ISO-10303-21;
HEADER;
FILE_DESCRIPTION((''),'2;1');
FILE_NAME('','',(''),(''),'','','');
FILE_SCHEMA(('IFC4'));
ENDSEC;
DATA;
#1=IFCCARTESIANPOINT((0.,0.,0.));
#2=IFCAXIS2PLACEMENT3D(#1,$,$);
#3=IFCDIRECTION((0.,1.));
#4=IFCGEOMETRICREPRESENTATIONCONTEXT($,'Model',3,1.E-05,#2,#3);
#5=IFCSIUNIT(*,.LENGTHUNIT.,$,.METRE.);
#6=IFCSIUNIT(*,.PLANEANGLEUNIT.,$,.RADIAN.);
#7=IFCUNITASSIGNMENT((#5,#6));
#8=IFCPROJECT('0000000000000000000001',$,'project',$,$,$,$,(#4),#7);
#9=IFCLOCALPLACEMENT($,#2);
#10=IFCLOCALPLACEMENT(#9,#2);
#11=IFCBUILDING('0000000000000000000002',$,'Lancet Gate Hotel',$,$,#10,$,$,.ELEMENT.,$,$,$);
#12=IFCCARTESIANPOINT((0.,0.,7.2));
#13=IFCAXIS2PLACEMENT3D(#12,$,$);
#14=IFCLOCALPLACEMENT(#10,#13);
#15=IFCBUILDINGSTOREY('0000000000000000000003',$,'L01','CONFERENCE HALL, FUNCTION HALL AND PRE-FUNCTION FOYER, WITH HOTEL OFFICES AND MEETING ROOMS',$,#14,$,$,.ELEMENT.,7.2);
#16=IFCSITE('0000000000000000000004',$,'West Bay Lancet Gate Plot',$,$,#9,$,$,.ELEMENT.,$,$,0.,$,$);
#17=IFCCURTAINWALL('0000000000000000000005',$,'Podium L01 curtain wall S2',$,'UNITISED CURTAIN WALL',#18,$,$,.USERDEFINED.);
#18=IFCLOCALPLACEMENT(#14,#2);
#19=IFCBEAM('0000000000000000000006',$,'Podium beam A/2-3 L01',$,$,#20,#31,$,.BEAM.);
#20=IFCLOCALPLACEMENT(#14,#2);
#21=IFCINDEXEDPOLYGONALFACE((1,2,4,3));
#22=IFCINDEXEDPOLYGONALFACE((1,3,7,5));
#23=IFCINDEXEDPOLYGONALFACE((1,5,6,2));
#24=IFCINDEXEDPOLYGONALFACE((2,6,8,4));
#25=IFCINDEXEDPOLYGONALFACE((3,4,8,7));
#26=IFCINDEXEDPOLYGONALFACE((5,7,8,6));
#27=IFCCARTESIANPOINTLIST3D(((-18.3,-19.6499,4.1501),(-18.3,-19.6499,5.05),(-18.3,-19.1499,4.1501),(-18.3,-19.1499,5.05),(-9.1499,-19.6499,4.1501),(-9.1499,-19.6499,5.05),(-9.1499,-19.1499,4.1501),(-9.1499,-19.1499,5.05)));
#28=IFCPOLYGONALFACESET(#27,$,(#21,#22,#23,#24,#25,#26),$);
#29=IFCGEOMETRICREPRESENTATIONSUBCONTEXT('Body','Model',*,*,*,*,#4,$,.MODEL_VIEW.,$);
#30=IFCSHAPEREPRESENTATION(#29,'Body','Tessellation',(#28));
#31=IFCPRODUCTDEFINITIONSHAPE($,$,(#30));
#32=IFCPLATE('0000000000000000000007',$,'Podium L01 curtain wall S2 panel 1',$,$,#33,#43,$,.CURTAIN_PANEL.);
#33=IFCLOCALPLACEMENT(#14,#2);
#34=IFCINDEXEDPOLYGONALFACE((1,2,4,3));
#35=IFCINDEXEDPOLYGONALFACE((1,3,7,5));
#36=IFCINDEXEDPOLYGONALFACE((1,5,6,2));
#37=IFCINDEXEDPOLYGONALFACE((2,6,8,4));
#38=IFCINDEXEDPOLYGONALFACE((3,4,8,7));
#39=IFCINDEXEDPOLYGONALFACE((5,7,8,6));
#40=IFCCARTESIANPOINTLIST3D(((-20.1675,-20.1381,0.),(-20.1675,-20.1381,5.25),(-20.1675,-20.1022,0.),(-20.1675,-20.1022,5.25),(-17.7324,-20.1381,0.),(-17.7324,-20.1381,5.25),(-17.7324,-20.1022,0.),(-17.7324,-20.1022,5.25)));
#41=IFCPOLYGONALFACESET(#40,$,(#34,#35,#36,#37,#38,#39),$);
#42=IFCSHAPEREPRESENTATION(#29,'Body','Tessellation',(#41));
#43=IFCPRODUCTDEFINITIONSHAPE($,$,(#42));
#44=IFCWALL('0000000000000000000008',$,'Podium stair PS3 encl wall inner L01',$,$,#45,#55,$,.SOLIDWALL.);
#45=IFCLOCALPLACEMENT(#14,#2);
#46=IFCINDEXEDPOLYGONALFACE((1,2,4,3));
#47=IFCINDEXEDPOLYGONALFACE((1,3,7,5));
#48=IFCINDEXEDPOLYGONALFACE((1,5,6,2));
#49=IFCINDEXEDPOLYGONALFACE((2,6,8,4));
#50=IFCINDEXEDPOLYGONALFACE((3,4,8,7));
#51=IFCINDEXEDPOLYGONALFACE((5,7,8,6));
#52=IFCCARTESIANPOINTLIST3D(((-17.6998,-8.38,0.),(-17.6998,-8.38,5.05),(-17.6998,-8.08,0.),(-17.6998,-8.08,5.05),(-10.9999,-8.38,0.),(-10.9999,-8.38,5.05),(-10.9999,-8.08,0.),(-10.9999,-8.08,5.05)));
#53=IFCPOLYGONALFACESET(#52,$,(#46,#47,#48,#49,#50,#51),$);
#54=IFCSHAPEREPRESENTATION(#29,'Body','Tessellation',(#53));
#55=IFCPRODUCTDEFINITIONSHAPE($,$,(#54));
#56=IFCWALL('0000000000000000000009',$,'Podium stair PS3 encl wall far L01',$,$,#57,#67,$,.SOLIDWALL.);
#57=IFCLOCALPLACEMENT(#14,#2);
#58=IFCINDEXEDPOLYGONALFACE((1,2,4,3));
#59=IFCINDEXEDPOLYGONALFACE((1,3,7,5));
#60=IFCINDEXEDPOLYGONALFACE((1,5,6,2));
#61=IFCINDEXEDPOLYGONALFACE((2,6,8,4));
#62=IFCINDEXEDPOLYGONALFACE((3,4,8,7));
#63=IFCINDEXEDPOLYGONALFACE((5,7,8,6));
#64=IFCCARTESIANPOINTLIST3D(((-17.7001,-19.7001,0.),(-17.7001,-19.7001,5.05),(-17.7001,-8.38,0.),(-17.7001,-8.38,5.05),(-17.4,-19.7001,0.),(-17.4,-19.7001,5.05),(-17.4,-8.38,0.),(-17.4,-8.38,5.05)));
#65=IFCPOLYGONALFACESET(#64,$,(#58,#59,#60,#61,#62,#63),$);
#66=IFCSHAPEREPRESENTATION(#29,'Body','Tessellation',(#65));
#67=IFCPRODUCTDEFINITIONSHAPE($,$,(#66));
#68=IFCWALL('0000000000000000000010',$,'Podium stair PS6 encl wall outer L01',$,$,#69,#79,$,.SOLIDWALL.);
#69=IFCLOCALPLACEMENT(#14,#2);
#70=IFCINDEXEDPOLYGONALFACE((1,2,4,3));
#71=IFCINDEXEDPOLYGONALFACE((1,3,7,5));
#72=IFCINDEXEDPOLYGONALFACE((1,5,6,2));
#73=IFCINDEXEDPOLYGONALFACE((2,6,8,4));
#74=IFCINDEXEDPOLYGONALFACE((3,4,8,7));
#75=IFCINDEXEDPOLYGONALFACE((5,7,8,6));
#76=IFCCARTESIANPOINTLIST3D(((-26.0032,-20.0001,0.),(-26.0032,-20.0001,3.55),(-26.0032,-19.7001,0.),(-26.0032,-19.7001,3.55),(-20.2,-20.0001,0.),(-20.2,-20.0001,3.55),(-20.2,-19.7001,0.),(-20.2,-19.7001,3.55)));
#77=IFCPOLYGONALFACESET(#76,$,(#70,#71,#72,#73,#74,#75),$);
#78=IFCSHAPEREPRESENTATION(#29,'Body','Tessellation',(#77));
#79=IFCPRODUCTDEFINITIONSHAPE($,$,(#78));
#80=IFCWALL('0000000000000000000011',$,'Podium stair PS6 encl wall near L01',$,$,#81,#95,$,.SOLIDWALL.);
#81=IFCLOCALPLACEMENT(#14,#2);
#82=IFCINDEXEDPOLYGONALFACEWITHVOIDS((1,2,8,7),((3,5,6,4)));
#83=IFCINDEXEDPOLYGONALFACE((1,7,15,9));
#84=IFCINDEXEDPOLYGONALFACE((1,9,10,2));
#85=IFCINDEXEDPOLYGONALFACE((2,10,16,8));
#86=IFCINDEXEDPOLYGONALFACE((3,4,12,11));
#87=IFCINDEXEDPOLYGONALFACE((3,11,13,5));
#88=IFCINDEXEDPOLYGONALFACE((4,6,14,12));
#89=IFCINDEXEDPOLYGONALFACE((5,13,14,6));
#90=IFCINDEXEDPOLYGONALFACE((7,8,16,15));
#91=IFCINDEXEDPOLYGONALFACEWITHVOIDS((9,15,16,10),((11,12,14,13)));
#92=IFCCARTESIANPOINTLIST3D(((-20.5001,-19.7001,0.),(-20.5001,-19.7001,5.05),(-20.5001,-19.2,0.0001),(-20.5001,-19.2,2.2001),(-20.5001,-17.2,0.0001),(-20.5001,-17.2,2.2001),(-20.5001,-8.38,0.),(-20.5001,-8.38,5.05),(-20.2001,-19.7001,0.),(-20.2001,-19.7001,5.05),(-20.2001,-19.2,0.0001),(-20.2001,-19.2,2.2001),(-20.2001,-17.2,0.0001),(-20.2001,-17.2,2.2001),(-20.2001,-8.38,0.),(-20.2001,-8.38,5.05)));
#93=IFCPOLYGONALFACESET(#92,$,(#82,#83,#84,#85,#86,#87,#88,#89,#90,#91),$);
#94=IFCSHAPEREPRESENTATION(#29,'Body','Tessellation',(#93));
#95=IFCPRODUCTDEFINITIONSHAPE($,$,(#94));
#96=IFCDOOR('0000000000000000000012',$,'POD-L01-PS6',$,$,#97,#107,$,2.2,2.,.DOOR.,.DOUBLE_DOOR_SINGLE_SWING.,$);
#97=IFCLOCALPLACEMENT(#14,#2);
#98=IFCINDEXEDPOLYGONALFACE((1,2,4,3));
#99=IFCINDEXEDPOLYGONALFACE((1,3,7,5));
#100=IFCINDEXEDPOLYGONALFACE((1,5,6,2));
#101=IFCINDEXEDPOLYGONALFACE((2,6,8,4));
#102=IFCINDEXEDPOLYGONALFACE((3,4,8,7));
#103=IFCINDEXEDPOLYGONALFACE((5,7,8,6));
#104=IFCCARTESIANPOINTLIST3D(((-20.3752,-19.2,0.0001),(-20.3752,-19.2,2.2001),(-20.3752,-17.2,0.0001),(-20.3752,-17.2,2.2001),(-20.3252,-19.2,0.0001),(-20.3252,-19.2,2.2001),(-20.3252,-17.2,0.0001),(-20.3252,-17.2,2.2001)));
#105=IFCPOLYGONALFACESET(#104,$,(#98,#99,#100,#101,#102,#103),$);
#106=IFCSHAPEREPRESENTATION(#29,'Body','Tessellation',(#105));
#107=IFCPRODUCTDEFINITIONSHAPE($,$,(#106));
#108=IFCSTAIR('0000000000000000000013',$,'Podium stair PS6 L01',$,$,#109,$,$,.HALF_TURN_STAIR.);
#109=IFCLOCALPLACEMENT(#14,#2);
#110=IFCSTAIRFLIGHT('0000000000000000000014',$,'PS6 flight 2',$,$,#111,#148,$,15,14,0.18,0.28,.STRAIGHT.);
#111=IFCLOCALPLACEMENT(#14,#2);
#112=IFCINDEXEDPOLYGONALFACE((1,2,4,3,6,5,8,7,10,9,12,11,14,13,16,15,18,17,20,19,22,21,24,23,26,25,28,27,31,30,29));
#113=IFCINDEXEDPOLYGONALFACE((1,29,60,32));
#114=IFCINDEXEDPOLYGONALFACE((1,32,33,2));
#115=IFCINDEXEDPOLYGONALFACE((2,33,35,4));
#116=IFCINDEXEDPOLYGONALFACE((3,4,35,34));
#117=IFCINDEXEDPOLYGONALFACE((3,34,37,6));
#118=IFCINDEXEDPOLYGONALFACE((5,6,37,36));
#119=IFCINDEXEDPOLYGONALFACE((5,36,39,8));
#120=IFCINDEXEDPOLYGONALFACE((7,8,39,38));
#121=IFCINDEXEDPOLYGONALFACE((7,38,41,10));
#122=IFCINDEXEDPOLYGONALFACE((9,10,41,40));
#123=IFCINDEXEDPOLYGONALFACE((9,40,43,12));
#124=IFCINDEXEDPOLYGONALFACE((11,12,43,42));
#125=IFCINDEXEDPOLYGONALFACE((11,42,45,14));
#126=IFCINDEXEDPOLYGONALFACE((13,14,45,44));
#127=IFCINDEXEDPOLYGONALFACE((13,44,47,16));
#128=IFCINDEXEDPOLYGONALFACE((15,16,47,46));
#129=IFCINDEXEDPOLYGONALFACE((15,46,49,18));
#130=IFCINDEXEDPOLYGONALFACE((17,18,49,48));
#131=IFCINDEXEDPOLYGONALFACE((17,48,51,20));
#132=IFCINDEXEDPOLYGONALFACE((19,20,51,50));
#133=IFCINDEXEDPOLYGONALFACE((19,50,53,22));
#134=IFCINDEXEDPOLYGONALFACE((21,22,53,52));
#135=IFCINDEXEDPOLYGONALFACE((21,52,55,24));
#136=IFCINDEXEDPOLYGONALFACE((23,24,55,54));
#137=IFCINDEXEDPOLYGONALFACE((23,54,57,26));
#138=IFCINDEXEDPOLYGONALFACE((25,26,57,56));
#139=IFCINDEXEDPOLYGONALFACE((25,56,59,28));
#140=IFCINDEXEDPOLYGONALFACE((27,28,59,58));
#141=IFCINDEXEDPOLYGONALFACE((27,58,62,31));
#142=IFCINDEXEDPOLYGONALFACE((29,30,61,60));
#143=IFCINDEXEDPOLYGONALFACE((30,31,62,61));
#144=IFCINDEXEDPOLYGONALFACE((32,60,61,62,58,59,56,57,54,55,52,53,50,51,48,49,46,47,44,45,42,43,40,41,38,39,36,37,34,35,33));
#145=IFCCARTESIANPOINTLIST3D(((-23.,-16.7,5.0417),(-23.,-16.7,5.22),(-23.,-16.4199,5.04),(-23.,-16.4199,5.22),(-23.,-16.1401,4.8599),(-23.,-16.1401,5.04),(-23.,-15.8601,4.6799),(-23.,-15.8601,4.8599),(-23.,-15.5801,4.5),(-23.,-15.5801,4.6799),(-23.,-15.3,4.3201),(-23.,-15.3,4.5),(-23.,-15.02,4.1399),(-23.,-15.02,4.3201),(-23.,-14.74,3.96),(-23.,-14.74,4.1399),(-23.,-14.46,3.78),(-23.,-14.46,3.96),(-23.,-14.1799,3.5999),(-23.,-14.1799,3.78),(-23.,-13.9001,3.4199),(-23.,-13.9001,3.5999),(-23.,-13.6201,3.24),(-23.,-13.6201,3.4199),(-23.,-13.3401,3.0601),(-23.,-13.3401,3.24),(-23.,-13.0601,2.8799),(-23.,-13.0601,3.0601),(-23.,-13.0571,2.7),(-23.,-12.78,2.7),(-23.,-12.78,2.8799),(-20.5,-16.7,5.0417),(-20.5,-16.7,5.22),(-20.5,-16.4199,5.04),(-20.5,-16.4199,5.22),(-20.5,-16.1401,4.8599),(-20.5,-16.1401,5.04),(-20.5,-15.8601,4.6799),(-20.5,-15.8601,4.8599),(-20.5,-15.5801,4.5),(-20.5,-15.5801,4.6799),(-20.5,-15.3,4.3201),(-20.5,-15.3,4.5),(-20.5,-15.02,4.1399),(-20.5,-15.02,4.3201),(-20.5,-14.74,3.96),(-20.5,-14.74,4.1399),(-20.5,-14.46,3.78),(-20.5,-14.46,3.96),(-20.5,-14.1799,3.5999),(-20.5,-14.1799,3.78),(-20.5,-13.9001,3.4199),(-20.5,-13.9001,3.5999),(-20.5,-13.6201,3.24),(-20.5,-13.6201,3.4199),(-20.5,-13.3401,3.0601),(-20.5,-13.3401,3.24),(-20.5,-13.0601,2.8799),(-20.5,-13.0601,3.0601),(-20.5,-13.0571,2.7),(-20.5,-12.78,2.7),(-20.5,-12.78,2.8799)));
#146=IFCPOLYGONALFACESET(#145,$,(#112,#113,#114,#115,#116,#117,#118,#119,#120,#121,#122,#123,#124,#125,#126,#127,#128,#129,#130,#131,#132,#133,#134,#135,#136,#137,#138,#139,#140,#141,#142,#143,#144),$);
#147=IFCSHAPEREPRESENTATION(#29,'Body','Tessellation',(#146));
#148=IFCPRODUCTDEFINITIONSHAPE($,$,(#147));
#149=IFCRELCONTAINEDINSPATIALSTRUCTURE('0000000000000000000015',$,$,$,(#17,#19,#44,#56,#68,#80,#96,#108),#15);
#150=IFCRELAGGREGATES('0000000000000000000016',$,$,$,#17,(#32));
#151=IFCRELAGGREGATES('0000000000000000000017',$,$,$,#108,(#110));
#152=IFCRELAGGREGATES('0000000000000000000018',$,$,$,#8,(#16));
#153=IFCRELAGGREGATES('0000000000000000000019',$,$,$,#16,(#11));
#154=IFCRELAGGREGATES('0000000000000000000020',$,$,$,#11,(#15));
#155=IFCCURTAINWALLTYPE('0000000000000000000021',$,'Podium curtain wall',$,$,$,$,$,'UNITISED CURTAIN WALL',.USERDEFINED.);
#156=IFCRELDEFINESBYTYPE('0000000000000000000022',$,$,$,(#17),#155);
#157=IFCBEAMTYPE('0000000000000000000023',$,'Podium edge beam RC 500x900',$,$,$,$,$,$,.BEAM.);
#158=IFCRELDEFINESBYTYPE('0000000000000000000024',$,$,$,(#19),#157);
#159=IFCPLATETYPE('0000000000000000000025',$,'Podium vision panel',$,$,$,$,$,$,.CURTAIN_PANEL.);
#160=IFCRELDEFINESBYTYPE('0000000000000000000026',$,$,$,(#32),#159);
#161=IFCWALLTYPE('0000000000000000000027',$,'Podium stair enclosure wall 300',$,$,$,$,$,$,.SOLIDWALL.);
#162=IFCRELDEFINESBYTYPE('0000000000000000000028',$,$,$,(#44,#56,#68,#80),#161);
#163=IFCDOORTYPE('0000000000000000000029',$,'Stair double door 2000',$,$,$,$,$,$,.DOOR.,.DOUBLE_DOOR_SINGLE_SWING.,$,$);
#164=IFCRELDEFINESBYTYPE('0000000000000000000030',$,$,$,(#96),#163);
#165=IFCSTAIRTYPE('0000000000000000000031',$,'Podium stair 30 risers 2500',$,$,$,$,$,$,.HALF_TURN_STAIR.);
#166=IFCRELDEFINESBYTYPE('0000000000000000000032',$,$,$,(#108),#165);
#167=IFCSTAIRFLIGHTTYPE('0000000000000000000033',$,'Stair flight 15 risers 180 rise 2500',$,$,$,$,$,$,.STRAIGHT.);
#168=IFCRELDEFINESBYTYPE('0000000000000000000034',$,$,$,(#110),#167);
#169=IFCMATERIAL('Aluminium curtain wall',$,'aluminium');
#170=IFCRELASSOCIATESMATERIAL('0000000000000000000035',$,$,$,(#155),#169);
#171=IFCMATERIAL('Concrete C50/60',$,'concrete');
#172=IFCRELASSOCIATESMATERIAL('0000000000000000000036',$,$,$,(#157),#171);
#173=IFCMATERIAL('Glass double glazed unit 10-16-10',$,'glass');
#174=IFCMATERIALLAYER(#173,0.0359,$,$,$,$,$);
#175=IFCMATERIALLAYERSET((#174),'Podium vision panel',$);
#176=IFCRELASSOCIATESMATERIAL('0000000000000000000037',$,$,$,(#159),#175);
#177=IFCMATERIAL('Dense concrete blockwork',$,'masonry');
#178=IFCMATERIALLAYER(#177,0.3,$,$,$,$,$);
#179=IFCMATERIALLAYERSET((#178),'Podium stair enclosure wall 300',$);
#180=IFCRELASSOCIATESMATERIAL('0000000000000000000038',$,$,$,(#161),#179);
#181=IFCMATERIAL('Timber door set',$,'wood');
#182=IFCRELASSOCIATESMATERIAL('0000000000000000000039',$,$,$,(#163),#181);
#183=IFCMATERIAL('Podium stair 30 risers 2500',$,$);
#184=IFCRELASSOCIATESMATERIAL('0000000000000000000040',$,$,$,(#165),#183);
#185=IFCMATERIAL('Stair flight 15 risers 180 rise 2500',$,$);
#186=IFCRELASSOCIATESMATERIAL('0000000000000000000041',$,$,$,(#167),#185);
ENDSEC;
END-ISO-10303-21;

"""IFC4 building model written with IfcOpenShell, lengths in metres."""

from ifc_helpers import new_model, si_unit, direction, frame, frame_2d, origin, origin_2d, place, context, subcontext, project, spatial, polyline, rectangle, outline, extrude, material, layer, layer_set, material_profile, profile_set, type_object, element, fill, aggregate, save


model = new_model("IFC4")

# Units and contexts
model_context = context("Model", 3, precision=1e-05, world=origin(), true_north=direction((0.0, 1.0)))
body_context = subcontext(model_context, "Body", "Model", "MODEL_VIEW")
ifc_project = project(units=[si_unit("LENGTHUNIT", "METRE"), si_unit("PLANEANGLEUNIT", "RADIAN")], contexts=[model_context])

# Site, building, storey
site_placement = place(None, origin())
site = spatial("IfcSite", under=ifc_project, at=site_placement, Name="West Bay Lancet Gate Plot", CompositionType="ELEMENT", RefElevation=0.0)
building_placement = place(site_placement, origin())
building = spatial("IfcBuilding", under=site, at=building_placement, Name="Lancet Gate Hotel", CompositionType="ELEMENT")
storey_placement = place(building_placement, frame((0.0, 0.0, 7.2)))
storey = spatial("IfcBuildingStorey", under=building, at=storey_placement, Name="L01", Description="CONFERENCE HALL, FUNCTION HALL AND PRE-FUNCTION FOYER, WITH HOTEL OFFICES AND MEETING ROOMS", CompositionType="ELEMENT", Elevation=7.2)

# Curtain wall
ifc_material_1 = material(Name="Aluminium curtain wall", Category="aluminium")
curtain_wall_type = type_object("IfcCurtainWallType", Name="Podium curtain wall", ElementType="UNITISED CURTAIN WALL", PredefinedType="USERDEFINED", material=ifc_material_1)
curtain_wall_placement = place(storey_placement, origin())
curtain_wall = element("IfcCurtainWall", 1, at=curtain_wall_placement, inside=storey, type_object=curtain_wall_type, Name="Podium L01 curtain wall S2", ObjectType="UNITISED CURTAIN WALL", PredefinedType="USERDEFINED")

# Beam
ifc_material_2 = material(Name="Concrete C50/60", Category="concrete")
ifc_material_profile_1 = material_profile(ifc_material_2, rectangle(XDim=0.5, YDim=0.8999, at=origin_2d()), Name="RC 500x900")
ifc_profile_set_1 = profile_set([ifc_material_profile_1], Name="Concrete C50/60")
beam_type_1 = type_object("IfcBeamType", Name="Podium edge beam RC 500x900", PredefinedType="BEAM", material=ifc_profile_set_1)
beam_1_placement = place(storey_placement, frame((-18.3, -19.3999, 4.6001), z_axis=(1.0, 0.0, 0.0), x_axis=(0.0, 1.0, 0.0)))
element("IfcBeam", 2, at=beam_1_placement, inside=storey, type_object=beam_type_1, Name="Podium beam A/2-3 L01", PredefinedType="BEAM", context=body_context, shape_type="SweptSolid", body=[
    extrude(rectangle(XDim=0.5, YDim=0.8999, at=origin_2d()), origin(), (0.0, 0.0, 1.0), 9.1501),
])

# Plate
ifc_material_3 = material(Name="Glass double glazed unit 10-16-10", Category="glass")
ifc_layer_1 = layer(ifc_material_3, 0.0359)
ifc_layer_set_1 = layer_set([ifc_layer_1], Name="Podium vision panel")
plate_type = type_object("IfcPlateType", Name="Podium vision panel", PredefinedType="CURTAIN_PANEL", material=ifc_layer_set_1)
plate_placement = place(storey_placement, frame((-18.95, -20.1201, 0.0), z_axis=(0.0, 0.0, 1.0), x_axis=(1.0, 0.0, 0.0)))
plate = element("IfcPlate", 3, at=plate_placement, type_object=plate_type, Name="Podium L01 curtain wall S2 panel 1", PredefinedType="CURTAIN_PANEL", context=body_context, shape_type="SweptSolid", body=[
    extrude(rectangle(XDim=2.4351, YDim=0.0359, at=origin_2d()), origin(), (0.0, 0.0, 1.0), 5.25),
])
aggregate(curtain_wall, [plate])

# Walls
ifc_material_4 = material(Name="Dense concrete blockwork", Category="masonry")
ifc_layer_2 = layer(ifc_material_4, 0.3)
ifc_layer_set_2 = layer_set([ifc_layer_2], Name="Podium stair enclosure wall 300")
wall_type = type_object("IfcWallType", Name="Podium stair enclosure wall 300", PredefinedType="SOLIDWALL", material=ifc_layer_set_2)
wall_1_placement = place(storey_placement, frame((-17.7, -8.23, 0.0), z_axis=(0.0, 0.0, 1.0), x_axis=(1.0, 0.0, 0.0)))
element("IfcWall", 4, at=wall_1_placement, inside=storey, type_object=wall_type, Name="Podium stair PS3 encl wall inner L01", PredefinedType="SOLIDWALL", context=body_context, shape_type="SweptSolid", body=[
    extrude(rectangle(XDim=6.7, YDim=0.3, at=frame_2d((3.3501, 0.0))), origin(), (0.0, 0.0, 1.0), 5.05),
])
wall_2_placement = place(storey_placement, frame((-17.55, -8.3799, 0.0), z_axis=(0.0, 0.0, 1.0), x_axis=(0.0, -1.0, 0.0)))
element("IfcWall", 5, at=wall_2_placement, inside=storey, type_object=wall_type, Name="Podium stair PS3 encl wall far L01", PredefinedType="SOLIDWALL", context=body_context, shape_type="SweptSolid", body=[
    extrude(rectangle(XDim=11.3201, YDim=0.3, at=frame_2d((5.6602, 0.0))), origin(), (0.0, 0.0, 1.0), 5.05),
])
wall_3_placement = place(storey_placement, frame((-20.2, -19.8501, 0.0), z_axis=(0.0, 0.0, 1.0), x_axis=(-1.0, 0.0, 0.0)))
element("IfcWall", 6, at=wall_3_placement, inside=storey, type_object=wall_type, Name="Podium stair PS6 encl wall outer L01", PredefinedType="SOLIDWALL", context=body_context, shape_type="SweptSolid", body=[
    extrude(rectangle(XDim=5.8032, YDim=0.3, at=frame_2d((2.9016, 0.0))), origin(), (0.0, 0.0, 1.0), 3.55),
])

# Wall, opening, door
wall_4_placement = place(storey_placement, frame((-20.3501, -8.3799, 0.0), z_axis=(0.0, 0.0, 1.0), x_axis=(0.0, -1.0, 0.0)))
wall_4 = element("IfcWall", 7, at=wall_4_placement, inside=storey, type_object=wall_type, Name="Podium stair PS6 encl wall near L01", PredefinedType="SOLIDWALL", context=body_context, shape_type="SweptSolid", body=[
    extrude(rectangle(XDim=11.3201, YDim=0.3, at=frame_2d((5.6602, 0.0))), origin(), (0.0, 0.0, 1.0), 5.05),
])
opening_placement = place(wall_4_placement, frame((8.8201, 0.0, 0.0)))
opening = element("IfcOpeningElement", 8, at=opening_placement, cuts=wall_4, PredefinedType="OPENING", context=body_context, shape_type="SweptSolid", body=[
    extrude(rectangle(XDim=2.0, YDim=2.2, at=frame_2d((1.0, 1.1001))), frame((0.0, 0.1599, 0.0), z_axis=(0.0, -1.0, 0.0), x_axis=(1.0, 0.0, 0.0)), (0.0, 0.0, 1.0), 0.3201),
])
ifc_material_5 = material(Name="Timber door set", Category="wood")
door_type = type_object("IfcDoorType", Name="Stair double door 2000", OperationType="DOUBLE_DOOR_SINGLE_SWING", PredefinedType="DOOR", material=ifc_material_5)
door_placement = place(opening_placement, origin())
door = element("IfcDoor", 9, at=door_placement, inside=storey, type_object=door_type, Name="POD-L01-PS6", OperationType="DOUBLE_DOOR_SINGLE_SWING", OverallHeight=2.2, OverallWidth=2.0, PredefinedType="DOOR", context=body_context, shape_type="SweptSolid", body=[
    extrude(rectangle(XDim=2.0, YDim=2.2, at=frame_2d((1.0, 1.1001))), frame((0.0, 0.0249, 0.0), z_axis=(0.0, -1.0, 0.0), x_axis=(1.0, 0.0, 0.0)), (0.0, 0.0, 1.0), 0.05),
])
fill(opening, door)

# Stair, stair flight
ifc_material_6 = material(Name="Podium stair 30 risers 2500")
stair_type = type_object("IfcStairType", Name="Podium stair 30 risers 2500", PredefinedType="HALF_TURN_STAIR", material=ifc_material_6)
stair_placement = place(storey_placement, origin())
stair = element("IfcStair", 10, at=stair_placement, inside=storey, type_object=stair_type, Name="Podium stair PS6 L01", PredefinedType="HALF_TURN_STAIR")
ifc_material_7 = material(Name="Stair flight 15 risers 180 rise 2500")
stair_flight_type = type_object("IfcStairFlightType", Name="Stair flight 15 risers 180 rise 2500", PredefinedType="STRAIGHT", material=ifc_material_7)
stair_flight_placement = place(storey_placement, frame((-21.75, -12.78, 2.7), z_axis=(0.0, 0.0, 1.0), x_axis=(0.0, -1.0, 0.0)))
stair_flight = element("IfcStairFlight", 11, at=stair_flight_placement, type_object=stair_flight_type, Name="PS6 flight 2", NumberOfRisers=15, NumberOfTreads=14, PredefinedType="STRAIGHT", RiserHeight=0.18, TreadLength=0.28, context=body_context, shape_type="SweptSolid", body=[
    extrude(outline(polyline([(0.0, 0.0), (0.0, 0.1799), (0.28, 0.1799), (0.28, 0.3601), (0.5601, 0.3601), (0.5601, 0.54), (0.8401, 0.54), (0.8401, 0.72), (1.1201, 0.72), (1.1201, 0.8999), (1.3999, 0.8999), (1.3999, 1.0801), (1.6799, 1.0801), (1.6799, 1.26), (1.96, 1.26), (1.96, 1.4399), (2.24, 1.4399), (2.24, 1.6201), (2.52, 1.6201), (2.52, 1.8), (2.8, 1.8), (2.8, 1.98), (3.0801, 1.98), (3.0801, 2.1599), (3.3601, 2.1599), (3.3601, 2.3401), (3.6399, 2.3401), (3.6399, 2.52), (3.9199, 2.52), (3.9199, 2.7), (3.9199, 2.3418), (0.2771, 0.0), (0.0, 0.0)])), frame((0.0, 1.25, 0.0), z_axis=(0.0, -1.0, 0.0), x_axis=(1.0, 0.0, 0.0)), (0.0, 0.0, 1.0), 2.5),
])
aggregate(stair, [stair_flight])

save(model, "model.ifc")
